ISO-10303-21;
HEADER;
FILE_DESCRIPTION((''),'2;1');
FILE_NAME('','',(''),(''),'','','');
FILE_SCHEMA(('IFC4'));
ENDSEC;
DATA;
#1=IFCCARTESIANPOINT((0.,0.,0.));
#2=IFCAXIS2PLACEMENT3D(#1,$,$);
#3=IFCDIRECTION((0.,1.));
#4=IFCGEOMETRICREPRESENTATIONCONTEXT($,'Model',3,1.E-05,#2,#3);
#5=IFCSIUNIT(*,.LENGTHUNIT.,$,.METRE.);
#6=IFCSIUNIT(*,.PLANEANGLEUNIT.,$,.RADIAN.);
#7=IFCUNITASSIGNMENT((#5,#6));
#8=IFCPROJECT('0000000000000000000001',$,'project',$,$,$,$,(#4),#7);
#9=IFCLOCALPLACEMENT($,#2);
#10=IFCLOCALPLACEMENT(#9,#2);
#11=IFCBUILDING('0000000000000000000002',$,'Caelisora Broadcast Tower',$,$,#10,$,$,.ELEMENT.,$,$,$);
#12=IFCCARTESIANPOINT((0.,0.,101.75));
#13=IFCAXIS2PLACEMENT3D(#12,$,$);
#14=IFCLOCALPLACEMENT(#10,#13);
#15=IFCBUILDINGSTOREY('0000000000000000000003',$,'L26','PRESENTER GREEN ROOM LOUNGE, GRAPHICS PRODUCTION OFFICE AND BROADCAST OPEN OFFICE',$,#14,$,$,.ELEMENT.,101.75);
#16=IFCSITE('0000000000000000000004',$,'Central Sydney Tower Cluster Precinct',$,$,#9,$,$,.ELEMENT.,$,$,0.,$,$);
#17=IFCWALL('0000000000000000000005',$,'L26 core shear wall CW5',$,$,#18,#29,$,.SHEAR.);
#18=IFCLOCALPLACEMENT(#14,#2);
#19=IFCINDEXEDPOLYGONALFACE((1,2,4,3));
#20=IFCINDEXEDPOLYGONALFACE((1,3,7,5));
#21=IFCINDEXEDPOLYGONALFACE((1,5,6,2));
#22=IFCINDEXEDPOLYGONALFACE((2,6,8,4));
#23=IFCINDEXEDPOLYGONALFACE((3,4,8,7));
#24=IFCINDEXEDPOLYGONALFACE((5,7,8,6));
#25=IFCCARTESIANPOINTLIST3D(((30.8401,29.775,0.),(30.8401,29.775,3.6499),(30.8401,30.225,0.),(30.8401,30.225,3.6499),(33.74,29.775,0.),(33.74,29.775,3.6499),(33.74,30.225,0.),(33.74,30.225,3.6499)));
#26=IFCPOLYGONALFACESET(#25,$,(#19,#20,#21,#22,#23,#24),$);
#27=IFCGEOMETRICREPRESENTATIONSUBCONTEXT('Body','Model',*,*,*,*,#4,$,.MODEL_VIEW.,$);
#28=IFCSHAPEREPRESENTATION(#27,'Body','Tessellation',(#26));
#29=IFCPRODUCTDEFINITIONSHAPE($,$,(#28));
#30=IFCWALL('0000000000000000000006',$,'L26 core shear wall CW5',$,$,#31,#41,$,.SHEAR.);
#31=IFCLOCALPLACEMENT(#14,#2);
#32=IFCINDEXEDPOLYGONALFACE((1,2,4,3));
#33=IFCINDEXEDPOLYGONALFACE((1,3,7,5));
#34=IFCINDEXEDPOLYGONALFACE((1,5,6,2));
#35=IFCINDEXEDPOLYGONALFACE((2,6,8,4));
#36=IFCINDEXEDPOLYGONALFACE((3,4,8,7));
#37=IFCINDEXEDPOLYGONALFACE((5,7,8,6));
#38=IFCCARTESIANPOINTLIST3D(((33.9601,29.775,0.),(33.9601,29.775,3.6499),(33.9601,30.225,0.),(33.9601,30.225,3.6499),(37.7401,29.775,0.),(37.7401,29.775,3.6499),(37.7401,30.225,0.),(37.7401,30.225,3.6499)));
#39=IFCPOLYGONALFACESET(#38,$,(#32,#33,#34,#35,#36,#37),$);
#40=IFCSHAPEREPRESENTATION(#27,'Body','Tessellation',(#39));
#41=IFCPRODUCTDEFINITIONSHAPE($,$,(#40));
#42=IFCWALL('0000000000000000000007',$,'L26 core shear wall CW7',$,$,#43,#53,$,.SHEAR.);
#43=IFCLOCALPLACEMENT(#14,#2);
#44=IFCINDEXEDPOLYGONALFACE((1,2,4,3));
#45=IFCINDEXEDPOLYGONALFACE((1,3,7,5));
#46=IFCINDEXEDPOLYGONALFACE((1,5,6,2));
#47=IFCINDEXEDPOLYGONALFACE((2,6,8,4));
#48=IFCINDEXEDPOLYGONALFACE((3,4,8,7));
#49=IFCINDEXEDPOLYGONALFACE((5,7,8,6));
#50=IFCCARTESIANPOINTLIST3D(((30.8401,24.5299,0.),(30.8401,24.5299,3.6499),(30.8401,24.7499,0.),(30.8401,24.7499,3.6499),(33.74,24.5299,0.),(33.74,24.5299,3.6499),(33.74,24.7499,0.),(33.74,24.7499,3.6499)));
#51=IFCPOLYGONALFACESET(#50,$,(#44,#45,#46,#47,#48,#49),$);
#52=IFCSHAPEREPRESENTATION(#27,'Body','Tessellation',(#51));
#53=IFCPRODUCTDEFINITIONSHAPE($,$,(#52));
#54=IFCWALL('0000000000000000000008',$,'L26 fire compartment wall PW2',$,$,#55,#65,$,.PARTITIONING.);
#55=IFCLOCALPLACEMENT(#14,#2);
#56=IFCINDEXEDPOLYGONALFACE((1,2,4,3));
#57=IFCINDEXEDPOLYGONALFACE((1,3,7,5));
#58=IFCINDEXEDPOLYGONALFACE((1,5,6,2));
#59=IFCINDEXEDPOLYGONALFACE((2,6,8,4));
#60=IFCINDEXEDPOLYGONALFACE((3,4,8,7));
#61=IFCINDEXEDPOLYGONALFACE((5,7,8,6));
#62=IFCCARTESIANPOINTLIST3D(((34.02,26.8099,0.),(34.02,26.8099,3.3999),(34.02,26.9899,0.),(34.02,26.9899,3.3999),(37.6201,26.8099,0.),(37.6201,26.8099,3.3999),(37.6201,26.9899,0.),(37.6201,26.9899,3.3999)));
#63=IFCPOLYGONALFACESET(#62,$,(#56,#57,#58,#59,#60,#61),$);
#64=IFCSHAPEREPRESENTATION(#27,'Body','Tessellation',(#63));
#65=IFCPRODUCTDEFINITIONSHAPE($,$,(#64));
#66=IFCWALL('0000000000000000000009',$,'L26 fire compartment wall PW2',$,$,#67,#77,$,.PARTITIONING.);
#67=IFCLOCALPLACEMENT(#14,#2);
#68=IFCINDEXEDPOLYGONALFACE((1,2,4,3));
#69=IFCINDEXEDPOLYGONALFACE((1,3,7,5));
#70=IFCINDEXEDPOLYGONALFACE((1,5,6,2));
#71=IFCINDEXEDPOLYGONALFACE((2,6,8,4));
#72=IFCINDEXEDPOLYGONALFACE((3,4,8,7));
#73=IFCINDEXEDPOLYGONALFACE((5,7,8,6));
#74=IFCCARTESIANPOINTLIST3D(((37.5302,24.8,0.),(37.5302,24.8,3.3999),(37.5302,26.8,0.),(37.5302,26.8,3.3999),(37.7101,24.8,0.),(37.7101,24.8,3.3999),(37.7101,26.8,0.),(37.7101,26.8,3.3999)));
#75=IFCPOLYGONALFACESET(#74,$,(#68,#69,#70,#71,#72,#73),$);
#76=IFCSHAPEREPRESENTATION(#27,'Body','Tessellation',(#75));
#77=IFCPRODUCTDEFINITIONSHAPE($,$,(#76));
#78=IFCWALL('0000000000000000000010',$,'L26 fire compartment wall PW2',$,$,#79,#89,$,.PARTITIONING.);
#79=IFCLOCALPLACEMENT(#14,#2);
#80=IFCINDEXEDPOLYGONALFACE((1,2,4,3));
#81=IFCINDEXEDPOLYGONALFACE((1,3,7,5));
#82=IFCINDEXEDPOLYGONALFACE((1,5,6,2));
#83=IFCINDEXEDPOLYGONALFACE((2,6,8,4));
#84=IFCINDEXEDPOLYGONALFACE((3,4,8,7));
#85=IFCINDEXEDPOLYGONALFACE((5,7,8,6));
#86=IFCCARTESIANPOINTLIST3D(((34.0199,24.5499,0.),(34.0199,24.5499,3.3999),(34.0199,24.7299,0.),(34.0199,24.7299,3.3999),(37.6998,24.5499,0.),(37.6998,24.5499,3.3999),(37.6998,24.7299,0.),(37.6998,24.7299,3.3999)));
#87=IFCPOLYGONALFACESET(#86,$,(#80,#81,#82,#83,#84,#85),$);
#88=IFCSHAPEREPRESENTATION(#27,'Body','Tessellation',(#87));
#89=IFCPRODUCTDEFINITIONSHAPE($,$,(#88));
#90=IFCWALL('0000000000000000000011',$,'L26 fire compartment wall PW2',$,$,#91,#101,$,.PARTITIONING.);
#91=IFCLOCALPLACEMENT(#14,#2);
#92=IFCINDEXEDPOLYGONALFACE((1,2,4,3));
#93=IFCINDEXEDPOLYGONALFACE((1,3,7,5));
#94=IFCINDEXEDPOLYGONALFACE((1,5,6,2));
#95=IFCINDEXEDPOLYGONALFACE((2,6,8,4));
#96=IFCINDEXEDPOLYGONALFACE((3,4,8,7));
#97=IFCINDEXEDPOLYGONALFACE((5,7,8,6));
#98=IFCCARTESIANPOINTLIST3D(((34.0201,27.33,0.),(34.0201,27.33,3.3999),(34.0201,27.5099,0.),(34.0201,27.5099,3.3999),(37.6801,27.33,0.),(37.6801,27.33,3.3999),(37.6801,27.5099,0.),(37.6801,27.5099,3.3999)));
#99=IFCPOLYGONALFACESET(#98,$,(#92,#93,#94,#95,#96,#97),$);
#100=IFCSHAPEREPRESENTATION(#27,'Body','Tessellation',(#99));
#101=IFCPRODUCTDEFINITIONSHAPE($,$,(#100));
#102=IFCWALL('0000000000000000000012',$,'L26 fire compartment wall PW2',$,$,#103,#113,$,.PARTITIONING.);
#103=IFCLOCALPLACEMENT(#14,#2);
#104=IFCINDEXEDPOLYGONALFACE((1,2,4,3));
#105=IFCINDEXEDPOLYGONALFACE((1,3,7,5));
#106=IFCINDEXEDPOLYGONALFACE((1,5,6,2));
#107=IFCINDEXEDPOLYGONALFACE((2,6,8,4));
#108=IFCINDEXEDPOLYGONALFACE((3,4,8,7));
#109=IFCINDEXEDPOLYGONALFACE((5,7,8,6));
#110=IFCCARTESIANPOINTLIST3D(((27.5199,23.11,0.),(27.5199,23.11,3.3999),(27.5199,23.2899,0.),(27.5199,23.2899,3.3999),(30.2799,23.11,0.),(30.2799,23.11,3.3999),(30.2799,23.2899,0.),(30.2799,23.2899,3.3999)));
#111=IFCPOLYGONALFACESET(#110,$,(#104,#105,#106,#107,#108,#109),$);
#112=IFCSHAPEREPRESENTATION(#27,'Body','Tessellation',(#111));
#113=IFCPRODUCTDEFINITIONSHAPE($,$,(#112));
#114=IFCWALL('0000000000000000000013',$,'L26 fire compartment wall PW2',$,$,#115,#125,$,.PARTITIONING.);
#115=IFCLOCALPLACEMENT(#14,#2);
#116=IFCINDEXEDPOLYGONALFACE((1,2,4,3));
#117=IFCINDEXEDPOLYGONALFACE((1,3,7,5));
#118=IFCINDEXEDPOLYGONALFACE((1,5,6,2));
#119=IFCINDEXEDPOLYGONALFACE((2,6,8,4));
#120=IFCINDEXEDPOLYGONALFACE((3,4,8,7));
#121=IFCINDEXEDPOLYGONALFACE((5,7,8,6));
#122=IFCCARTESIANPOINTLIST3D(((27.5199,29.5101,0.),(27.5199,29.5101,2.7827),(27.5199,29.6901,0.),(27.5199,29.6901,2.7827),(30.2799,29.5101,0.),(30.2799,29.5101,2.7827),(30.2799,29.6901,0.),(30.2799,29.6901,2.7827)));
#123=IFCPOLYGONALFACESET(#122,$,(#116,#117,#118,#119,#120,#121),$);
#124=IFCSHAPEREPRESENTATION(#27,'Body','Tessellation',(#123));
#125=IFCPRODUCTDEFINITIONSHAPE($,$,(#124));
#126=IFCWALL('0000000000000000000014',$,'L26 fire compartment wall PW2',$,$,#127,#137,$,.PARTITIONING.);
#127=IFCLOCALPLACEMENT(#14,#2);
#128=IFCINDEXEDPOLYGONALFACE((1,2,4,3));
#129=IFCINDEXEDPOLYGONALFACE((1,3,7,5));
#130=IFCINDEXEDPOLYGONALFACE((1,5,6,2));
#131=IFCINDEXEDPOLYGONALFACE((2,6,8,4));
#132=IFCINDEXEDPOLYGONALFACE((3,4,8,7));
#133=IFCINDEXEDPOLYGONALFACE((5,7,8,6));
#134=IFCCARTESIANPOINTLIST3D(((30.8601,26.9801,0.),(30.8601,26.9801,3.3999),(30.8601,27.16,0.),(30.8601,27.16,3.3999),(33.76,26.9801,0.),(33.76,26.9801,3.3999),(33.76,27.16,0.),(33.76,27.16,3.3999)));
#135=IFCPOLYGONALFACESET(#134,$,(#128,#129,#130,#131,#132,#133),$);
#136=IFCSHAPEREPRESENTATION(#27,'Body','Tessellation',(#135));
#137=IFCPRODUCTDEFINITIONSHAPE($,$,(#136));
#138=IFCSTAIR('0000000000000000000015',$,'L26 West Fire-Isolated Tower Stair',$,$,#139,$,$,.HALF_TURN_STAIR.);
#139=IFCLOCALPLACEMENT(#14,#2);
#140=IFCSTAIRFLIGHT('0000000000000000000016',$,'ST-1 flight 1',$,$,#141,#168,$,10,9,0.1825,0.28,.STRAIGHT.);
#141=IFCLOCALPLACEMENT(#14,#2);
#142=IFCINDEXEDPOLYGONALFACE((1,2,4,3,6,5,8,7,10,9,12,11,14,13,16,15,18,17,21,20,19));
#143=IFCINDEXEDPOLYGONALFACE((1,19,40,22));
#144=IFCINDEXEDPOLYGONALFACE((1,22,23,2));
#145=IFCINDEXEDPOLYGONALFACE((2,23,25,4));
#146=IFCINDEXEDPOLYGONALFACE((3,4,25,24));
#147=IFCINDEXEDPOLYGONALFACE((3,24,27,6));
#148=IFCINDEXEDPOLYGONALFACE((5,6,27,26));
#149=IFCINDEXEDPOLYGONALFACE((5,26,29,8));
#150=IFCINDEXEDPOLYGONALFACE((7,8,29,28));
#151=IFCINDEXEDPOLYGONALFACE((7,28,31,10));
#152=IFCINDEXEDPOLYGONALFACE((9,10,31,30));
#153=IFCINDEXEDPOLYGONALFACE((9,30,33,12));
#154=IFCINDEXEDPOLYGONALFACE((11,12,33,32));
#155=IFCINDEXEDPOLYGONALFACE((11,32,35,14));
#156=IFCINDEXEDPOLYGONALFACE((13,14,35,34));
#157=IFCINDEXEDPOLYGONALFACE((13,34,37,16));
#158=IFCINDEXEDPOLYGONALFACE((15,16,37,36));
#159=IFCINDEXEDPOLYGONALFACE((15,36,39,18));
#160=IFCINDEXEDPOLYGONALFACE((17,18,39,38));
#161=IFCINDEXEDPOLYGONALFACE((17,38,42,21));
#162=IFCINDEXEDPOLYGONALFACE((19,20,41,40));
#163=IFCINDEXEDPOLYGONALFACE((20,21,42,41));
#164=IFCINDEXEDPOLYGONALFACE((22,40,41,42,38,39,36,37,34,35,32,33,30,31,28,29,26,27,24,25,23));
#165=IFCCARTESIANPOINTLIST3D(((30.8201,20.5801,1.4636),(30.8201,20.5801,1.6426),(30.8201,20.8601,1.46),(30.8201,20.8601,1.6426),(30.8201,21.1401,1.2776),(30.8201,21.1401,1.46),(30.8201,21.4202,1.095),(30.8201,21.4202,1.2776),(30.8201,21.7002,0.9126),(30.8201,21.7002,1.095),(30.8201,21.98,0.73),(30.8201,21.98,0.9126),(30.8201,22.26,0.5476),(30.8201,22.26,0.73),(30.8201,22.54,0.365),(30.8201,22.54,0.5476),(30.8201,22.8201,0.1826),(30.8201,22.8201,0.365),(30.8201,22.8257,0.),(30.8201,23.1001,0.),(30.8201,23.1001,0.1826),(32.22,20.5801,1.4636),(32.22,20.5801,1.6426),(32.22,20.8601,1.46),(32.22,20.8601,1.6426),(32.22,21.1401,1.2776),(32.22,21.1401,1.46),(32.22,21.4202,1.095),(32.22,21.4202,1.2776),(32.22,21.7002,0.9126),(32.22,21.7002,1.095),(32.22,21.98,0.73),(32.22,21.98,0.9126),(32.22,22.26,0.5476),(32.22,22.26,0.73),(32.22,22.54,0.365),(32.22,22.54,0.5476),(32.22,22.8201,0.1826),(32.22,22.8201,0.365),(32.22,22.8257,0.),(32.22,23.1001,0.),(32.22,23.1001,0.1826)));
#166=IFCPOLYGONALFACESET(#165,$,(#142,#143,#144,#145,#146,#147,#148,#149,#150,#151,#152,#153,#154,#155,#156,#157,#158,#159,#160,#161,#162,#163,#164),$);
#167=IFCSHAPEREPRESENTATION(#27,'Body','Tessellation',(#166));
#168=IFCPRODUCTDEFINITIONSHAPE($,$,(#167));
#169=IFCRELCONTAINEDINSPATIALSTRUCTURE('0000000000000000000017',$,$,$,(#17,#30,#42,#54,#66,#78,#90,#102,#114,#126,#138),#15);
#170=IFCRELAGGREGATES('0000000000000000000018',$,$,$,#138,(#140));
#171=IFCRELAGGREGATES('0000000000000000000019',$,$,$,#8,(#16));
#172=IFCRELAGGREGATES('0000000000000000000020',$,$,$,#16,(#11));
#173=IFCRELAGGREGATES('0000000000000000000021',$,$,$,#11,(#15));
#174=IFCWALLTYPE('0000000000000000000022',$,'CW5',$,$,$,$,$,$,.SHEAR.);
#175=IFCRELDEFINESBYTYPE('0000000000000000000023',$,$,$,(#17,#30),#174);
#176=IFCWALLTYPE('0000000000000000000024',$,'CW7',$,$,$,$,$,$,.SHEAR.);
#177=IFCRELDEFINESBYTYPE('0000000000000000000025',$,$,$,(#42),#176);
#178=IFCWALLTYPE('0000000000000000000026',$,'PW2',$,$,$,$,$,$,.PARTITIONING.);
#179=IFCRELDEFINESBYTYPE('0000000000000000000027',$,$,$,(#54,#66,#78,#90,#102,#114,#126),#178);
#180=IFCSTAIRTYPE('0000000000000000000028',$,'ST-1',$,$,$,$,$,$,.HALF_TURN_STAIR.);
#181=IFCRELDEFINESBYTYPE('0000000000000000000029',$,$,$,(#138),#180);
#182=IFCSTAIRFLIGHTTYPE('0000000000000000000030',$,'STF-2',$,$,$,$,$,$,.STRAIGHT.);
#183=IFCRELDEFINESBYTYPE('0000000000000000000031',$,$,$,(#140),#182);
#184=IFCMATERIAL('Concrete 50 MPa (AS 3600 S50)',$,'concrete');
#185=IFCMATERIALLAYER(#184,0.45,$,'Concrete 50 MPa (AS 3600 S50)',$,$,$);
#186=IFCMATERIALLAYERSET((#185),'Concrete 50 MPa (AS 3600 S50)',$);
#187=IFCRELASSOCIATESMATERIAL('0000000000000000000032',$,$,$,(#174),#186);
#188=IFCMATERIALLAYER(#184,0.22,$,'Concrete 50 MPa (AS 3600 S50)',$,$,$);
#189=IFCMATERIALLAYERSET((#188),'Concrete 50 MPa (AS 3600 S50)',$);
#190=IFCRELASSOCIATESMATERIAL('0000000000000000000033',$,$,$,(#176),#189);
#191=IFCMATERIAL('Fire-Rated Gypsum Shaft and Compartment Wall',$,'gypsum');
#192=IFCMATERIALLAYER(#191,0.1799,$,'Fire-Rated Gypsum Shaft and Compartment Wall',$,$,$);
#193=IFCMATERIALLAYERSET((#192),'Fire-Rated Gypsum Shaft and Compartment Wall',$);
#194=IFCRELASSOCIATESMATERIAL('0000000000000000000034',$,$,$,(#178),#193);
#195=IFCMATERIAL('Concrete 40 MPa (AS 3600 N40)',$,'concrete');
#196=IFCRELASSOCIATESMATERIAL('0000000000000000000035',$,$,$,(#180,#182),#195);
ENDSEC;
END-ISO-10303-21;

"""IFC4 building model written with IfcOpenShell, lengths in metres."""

from ifc_helpers import new_model, si_unit, direction, frame, frame_2d, origin, place, context, subcontext, project, spatial, polyline, rectangle, outline, extrude, material, layer, layer_set, type_object, element, aggregate, save


model = new_model("IFC4")

# Units and contexts
model_context = context("Model", 3, precision=1e-05, world=origin(), true_north=direction((0.0, 1.0)))
body_context = subcontext(model_context, "Body", "Model", "MODEL_VIEW")
ifc_project = project(units=[si_unit("LENGTHUNIT", "METRE"), si_unit("PLANEANGLEUNIT", "RADIAN")], contexts=[model_context])

# Site, building, storey
site_placement = place(None, origin())
site = spatial("IfcSite", under=ifc_project, at=site_placement, Name="Central Sydney Tower Cluster Precinct", CompositionType="ELEMENT", RefElevation=0.0)
building_placement = place(site_placement, origin())
building = spatial("IfcBuilding", under=site, at=building_placement, Name="Caelisora Broadcast Tower", CompositionType="ELEMENT")
storey_placement = place(building_placement, frame((0.0, 0.0, 101.75)))
storey = spatial("IfcBuildingStorey", under=building, at=storey_placement, Name="L26", Description="PRESENTER GREEN ROOM LOUNGE, GRAPHICS PRODUCTION OFFICE AND BROADCAST OPEN OFFICE", CompositionType="ELEMENT", Elevation=101.75)

# Shared definitions
ifc_material_1 = material(Name="Concrete 50 MPa (AS 3600 S50)", Category="concrete")

# Walls
ifc_layer_1 = layer(ifc_material_1, 0.45, Name="Concrete 50 MPa (AS 3600 S50)")
ifc_layer_set_1 = layer_set([ifc_layer_1], Name="Concrete 50 MPa (AS 3600 S50)")
wall_type_1 = type_object("IfcWallType", Name="CW5", PredefinedType="SHEAR", material=ifc_layer_set_1)
wall_1_placement = place(storey_placement, frame((30.8401, 30.0, 0.0), z_axis=(0.0, 0.0, 1.0), x_axis=(1.0, 0.0, 0.0)))
element("IfcWall", 1, at=wall_1_placement, inside=storey, type_object=wall_type_1, Name="L26 core shear wall CW5", PredefinedType="SHEAR", context=body_context, shape_type="SweptSolid", body=[
    extrude(rectangle(XDim=2.8999, YDim=0.45, at=frame_2d((1.45, 0.0))), origin(), (0.0, 0.0, 1.0), 3.6499),
])
wall_2_placement = place(storey_placement, frame((33.96, 30.0, 0.0), z_axis=(0.0, 0.0, 1.0), x_axis=(1.0, 0.0, 0.0)))
element("IfcWall", 2, at=wall_2_placement, inside=storey, type_object=wall_type_1, Name="L26 core shear wall CW5", PredefinedType="SHEAR", context=body_context, shape_type="SweptSolid", body=[
    extrude(rectangle(XDim=3.78, YDim=0.45, at=frame_2d((1.8901, 0.0))), origin(), (0.0, 0.0, 1.0), 3.6499),
])
ifc_layer_2 = layer(ifc_material_1, 0.22, Name="Concrete 50 MPa (AS 3600 S50)")
ifc_layer_set_2 = layer_set([ifc_layer_2], Name="Concrete 50 MPa (AS 3600 S50)")
wall_type_2 = type_object("IfcWallType", Name="CW7", PredefinedType="SHEAR", material=ifc_layer_set_2)
wall_3_placement = place(storey_placement, frame((30.8401, 24.6399, 0.0), z_axis=(0.0, 0.0, 1.0), x_axis=(1.0, 0.0, 0.0)))
element("IfcWall", 3, at=wall_3_placement, inside=storey, type_object=wall_type_2, Name="L26 core shear wall CW7", PredefinedType="SHEAR", context=body_context, shape_type="SweptSolid", body=[
    extrude(rectangle(XDim=2.8999, YDim=0.22, at=frame_2d((1.45, 0.0))), origin(), (0.0, 0.0, 1.0), 3.6499),
])
ifc_material_2 = material(Name="Fire-Rated Gypsum Shaft and Compartment Wall", Category="gypsum")
ifc_layer_3 = layer(ifc_material_2, 0.1799, Name="Fire-Rated Gypsum Shaft and Compartment Wall")
ifc_layer_set_3 = layer_set([ifc_layer_3], Name="Fire-Rated Gypsum Shaft and Compartment Wall")
wall_type_3 = type_object("IfcWallType", Name="PW2", PredefinedType="PARTITIONING", material=ifc_layer_set_3)
wall_4_placement = place(storey_placement, frame((34.02, 26.8999, 0.0), z_axis=(0.0, 0.0, 1.0), x_axis=(1.0, 0.0, 0.0)))
element("IfcWall", 4, at=wall_4_placement, inside=storey, type_object=wall_type_3, Name="L26 fire compartment wall PW2", PredefinedType="PARTITIONING", context=body_context, shape_type="SweptSolid", body=[
    extrude(rectangle(XDim=3.6001, YDim=0.1799, at=frame_2d((1.8, 0.0))), origin(), (0.0, 0.0, 1.0), 3.3999),
])
wall_5_placement = place(storey_placement, frame((37.6201, 24.8, 0.0), z_axis=(0.0, 0.0, 1.0), x_axis=(0.0, 1.0, 0.0)))
element("IfcWall", 5, at=wall_5_placement, inside=storey, type_object=wall_type_3, Name="L26 fire compartment wall PW2", PredefinedType="PARTITIONING", context=body_context, shape_type="SweptSolid", body=[
    extrude(rectangle(XDim=2.0, YDim=0.1799, at=frame_2d((1.0, 0.0))), origin(), (0.0, 0.0, 1.0), 3.3999),
])
wall_6_placement = place(storey_placement, frame((34.02, 24.6399, 0.0), z_axis=(0.0, 0.0, 1.0), x_axis=(1.0, 0.0, 0.0)))
element("IfcWall", 6, at=wall_6_placement, inside=storey, type_object=wall_type_3, Name="L26 fire compartment wall PW2", PredefinedType="PARTITIONING", context=body_context, shape_type="SweptSolid", body=[
    extrude(rectangle(XDim=3.6799, YDim=0.1799, at=frame_2d((1.8398, 0.0))), origin(), (0.0, 0.0, 1.0), 3.3999),
])
wall_7_placement = place(storey_placement, frame((34.02, 27.4199, 0.0), z_axis=(0.0, 0.0, 1.0), x_axis=(1.0, 0.0, 0.0)))
element("IfcWall", 7, at=wall_7_placement, inside=storey, type_object=wall_type_3, Name="L26 fire compartment wall PW2", PredefinedType="PARTITIONING", context=body_context, shape_type="SweptSolid", body=[
    extrude(rectangle(XDim=3.6599, YDim=0.1799, at=frame_2d((1.8301, 0.0))), origin(), (0.0, 0.0, 1.0), 3.3999),
])
wall_8_placement = place(storey_placement, frame((27.52, 23.2, 0.0), z_axis=(0.0, 0.0, 1.0), x_axis=(1.0, 0.0, 0.0)))
element("IfcWall", 8, at=wall_8_placement, inside=storey, type_object=wall_type_3, Name="L26 fire compartment wall PW2", PredefinedType="PARTITIONING", context=body_context, shape_type="SweptSolid", body=[
    extrude(rectangle(XDim=2.76, YDim=0.1799, at=frame_2d((1.3799, 0.0))), origin(), (0.0, 0.0, 1.0), 3.3999),
])
wall_9_placement = place(storey_placement, frame((27.52, 29.6001, 0.0), z_axis=(0.0, 0.0, 1.0), x_axis=(1.0, 0.0, 0.0)))
element("IfcWall", 9, at=wall_9_placement, inside=storey, type_object=wall_type_3, Name="L26 fire compartment wall PW2", PredefinedType="PARTITIONING", context=body_context, shape_type="SweptSolid", body=[
    extrude(rectangle(XDim=2.76, YDim=0.1799, at=frame_2d((1.3799, 0.0))), origin(), (0.0, 0.0, 1.0), 2.7827),
])
wall_10_placement = place(storey_placement, frame((30.8601, 27.0701, 0.0), z_axis=(0.0, 0.0, 1.0), x_axis=(1.0, 0.0, 0.0)))
element("IfcWall", 10, at=wall_10_placement, inside=storey, type_object=wall_type_3, Name="L26 fire compartment wall PW2", PredefinedType="PARTITIONING", context=body_context, shape_type="SweptSolid", body=[
    extrude(rectangle(XDim=2.8999, YDim=0.1799, at=frame_2d((1.45, 0.0))), origin(), (0.0, 0.0, 1.0), 3.3999),
])

# Stair, stair flight
ifc_material_3 = material(Name="Concrete 40 MPa (AS 3600 N40)", Category="concrete")
stair_type = type_object("IfcStairType", Name="ST-1", PredefinedType="HALF_TURN_STAIR", material=ifc_material_3)
stair_placement = place(storey_placement, origin())
stair = element("IfcStair", 11, at=stair_placement, inside=storey, type_object=stair_type, Name="L26 West Fire-Isolated Tower Stair", PredefinedType="HALF_TURN_STAIR")
stair_flight_type = type_object("IfcStairFlightType", Name="STF-2", PredefinedType="STRAIGHT", material=ifc_material_3)
stair_flight_placement = place(storey_placement, frame((31.52, 23.1001, 0.0), z_axis=(0.0, 0.0, 1.0), x_axis=(0.0, -1.0, 0.0)))
stair_flight = element("IfcStairFlight", 12, at=stair_flight_placement, type_object=stair_flight_type, Name="ST-1 flight 1", NumberOfRisers=10, NumberOfTreads=9, PredefinedType="STRAIGHT", RiserHeight=0.1825, TreadLength=0.28, context=body_context, shape_type="SweptSolid", body=[
    extrude(outline(polyline([(0.0, 0.0), (0.0, 0.1826), (0.28, 0.1826), (0.28, 0.365), (0.5601, 0.365), (0.5601, 0.5476), (0.8401, 0.5476), (0.8401, 0.73), (1.1201, 0.73), (1.1201, 0.9126), (1.3999, 0.9126), (1.3999, 1.095), (1.6799, 1.095), (1.6799, 1.2776), (1.96, 1.2776), (1.96, 1.46), (2.24, 1.46), (2.24, 1.6426), (2.52, 1.6426), (2.52, 1.825), (2.52, 1.4636), (0.2744, 0.0), (0.0, 0.0)])), frame((0.0, 0.7, 0.0), z_axis=(0.0, -1.0, 0.0), x_axis=(1.0, 0.0, 0.0)), (0.0, 0.0, 1.0), 1.3999),
])
aggregate(stair, [stair_flight])

save(model, "model.ifc")
